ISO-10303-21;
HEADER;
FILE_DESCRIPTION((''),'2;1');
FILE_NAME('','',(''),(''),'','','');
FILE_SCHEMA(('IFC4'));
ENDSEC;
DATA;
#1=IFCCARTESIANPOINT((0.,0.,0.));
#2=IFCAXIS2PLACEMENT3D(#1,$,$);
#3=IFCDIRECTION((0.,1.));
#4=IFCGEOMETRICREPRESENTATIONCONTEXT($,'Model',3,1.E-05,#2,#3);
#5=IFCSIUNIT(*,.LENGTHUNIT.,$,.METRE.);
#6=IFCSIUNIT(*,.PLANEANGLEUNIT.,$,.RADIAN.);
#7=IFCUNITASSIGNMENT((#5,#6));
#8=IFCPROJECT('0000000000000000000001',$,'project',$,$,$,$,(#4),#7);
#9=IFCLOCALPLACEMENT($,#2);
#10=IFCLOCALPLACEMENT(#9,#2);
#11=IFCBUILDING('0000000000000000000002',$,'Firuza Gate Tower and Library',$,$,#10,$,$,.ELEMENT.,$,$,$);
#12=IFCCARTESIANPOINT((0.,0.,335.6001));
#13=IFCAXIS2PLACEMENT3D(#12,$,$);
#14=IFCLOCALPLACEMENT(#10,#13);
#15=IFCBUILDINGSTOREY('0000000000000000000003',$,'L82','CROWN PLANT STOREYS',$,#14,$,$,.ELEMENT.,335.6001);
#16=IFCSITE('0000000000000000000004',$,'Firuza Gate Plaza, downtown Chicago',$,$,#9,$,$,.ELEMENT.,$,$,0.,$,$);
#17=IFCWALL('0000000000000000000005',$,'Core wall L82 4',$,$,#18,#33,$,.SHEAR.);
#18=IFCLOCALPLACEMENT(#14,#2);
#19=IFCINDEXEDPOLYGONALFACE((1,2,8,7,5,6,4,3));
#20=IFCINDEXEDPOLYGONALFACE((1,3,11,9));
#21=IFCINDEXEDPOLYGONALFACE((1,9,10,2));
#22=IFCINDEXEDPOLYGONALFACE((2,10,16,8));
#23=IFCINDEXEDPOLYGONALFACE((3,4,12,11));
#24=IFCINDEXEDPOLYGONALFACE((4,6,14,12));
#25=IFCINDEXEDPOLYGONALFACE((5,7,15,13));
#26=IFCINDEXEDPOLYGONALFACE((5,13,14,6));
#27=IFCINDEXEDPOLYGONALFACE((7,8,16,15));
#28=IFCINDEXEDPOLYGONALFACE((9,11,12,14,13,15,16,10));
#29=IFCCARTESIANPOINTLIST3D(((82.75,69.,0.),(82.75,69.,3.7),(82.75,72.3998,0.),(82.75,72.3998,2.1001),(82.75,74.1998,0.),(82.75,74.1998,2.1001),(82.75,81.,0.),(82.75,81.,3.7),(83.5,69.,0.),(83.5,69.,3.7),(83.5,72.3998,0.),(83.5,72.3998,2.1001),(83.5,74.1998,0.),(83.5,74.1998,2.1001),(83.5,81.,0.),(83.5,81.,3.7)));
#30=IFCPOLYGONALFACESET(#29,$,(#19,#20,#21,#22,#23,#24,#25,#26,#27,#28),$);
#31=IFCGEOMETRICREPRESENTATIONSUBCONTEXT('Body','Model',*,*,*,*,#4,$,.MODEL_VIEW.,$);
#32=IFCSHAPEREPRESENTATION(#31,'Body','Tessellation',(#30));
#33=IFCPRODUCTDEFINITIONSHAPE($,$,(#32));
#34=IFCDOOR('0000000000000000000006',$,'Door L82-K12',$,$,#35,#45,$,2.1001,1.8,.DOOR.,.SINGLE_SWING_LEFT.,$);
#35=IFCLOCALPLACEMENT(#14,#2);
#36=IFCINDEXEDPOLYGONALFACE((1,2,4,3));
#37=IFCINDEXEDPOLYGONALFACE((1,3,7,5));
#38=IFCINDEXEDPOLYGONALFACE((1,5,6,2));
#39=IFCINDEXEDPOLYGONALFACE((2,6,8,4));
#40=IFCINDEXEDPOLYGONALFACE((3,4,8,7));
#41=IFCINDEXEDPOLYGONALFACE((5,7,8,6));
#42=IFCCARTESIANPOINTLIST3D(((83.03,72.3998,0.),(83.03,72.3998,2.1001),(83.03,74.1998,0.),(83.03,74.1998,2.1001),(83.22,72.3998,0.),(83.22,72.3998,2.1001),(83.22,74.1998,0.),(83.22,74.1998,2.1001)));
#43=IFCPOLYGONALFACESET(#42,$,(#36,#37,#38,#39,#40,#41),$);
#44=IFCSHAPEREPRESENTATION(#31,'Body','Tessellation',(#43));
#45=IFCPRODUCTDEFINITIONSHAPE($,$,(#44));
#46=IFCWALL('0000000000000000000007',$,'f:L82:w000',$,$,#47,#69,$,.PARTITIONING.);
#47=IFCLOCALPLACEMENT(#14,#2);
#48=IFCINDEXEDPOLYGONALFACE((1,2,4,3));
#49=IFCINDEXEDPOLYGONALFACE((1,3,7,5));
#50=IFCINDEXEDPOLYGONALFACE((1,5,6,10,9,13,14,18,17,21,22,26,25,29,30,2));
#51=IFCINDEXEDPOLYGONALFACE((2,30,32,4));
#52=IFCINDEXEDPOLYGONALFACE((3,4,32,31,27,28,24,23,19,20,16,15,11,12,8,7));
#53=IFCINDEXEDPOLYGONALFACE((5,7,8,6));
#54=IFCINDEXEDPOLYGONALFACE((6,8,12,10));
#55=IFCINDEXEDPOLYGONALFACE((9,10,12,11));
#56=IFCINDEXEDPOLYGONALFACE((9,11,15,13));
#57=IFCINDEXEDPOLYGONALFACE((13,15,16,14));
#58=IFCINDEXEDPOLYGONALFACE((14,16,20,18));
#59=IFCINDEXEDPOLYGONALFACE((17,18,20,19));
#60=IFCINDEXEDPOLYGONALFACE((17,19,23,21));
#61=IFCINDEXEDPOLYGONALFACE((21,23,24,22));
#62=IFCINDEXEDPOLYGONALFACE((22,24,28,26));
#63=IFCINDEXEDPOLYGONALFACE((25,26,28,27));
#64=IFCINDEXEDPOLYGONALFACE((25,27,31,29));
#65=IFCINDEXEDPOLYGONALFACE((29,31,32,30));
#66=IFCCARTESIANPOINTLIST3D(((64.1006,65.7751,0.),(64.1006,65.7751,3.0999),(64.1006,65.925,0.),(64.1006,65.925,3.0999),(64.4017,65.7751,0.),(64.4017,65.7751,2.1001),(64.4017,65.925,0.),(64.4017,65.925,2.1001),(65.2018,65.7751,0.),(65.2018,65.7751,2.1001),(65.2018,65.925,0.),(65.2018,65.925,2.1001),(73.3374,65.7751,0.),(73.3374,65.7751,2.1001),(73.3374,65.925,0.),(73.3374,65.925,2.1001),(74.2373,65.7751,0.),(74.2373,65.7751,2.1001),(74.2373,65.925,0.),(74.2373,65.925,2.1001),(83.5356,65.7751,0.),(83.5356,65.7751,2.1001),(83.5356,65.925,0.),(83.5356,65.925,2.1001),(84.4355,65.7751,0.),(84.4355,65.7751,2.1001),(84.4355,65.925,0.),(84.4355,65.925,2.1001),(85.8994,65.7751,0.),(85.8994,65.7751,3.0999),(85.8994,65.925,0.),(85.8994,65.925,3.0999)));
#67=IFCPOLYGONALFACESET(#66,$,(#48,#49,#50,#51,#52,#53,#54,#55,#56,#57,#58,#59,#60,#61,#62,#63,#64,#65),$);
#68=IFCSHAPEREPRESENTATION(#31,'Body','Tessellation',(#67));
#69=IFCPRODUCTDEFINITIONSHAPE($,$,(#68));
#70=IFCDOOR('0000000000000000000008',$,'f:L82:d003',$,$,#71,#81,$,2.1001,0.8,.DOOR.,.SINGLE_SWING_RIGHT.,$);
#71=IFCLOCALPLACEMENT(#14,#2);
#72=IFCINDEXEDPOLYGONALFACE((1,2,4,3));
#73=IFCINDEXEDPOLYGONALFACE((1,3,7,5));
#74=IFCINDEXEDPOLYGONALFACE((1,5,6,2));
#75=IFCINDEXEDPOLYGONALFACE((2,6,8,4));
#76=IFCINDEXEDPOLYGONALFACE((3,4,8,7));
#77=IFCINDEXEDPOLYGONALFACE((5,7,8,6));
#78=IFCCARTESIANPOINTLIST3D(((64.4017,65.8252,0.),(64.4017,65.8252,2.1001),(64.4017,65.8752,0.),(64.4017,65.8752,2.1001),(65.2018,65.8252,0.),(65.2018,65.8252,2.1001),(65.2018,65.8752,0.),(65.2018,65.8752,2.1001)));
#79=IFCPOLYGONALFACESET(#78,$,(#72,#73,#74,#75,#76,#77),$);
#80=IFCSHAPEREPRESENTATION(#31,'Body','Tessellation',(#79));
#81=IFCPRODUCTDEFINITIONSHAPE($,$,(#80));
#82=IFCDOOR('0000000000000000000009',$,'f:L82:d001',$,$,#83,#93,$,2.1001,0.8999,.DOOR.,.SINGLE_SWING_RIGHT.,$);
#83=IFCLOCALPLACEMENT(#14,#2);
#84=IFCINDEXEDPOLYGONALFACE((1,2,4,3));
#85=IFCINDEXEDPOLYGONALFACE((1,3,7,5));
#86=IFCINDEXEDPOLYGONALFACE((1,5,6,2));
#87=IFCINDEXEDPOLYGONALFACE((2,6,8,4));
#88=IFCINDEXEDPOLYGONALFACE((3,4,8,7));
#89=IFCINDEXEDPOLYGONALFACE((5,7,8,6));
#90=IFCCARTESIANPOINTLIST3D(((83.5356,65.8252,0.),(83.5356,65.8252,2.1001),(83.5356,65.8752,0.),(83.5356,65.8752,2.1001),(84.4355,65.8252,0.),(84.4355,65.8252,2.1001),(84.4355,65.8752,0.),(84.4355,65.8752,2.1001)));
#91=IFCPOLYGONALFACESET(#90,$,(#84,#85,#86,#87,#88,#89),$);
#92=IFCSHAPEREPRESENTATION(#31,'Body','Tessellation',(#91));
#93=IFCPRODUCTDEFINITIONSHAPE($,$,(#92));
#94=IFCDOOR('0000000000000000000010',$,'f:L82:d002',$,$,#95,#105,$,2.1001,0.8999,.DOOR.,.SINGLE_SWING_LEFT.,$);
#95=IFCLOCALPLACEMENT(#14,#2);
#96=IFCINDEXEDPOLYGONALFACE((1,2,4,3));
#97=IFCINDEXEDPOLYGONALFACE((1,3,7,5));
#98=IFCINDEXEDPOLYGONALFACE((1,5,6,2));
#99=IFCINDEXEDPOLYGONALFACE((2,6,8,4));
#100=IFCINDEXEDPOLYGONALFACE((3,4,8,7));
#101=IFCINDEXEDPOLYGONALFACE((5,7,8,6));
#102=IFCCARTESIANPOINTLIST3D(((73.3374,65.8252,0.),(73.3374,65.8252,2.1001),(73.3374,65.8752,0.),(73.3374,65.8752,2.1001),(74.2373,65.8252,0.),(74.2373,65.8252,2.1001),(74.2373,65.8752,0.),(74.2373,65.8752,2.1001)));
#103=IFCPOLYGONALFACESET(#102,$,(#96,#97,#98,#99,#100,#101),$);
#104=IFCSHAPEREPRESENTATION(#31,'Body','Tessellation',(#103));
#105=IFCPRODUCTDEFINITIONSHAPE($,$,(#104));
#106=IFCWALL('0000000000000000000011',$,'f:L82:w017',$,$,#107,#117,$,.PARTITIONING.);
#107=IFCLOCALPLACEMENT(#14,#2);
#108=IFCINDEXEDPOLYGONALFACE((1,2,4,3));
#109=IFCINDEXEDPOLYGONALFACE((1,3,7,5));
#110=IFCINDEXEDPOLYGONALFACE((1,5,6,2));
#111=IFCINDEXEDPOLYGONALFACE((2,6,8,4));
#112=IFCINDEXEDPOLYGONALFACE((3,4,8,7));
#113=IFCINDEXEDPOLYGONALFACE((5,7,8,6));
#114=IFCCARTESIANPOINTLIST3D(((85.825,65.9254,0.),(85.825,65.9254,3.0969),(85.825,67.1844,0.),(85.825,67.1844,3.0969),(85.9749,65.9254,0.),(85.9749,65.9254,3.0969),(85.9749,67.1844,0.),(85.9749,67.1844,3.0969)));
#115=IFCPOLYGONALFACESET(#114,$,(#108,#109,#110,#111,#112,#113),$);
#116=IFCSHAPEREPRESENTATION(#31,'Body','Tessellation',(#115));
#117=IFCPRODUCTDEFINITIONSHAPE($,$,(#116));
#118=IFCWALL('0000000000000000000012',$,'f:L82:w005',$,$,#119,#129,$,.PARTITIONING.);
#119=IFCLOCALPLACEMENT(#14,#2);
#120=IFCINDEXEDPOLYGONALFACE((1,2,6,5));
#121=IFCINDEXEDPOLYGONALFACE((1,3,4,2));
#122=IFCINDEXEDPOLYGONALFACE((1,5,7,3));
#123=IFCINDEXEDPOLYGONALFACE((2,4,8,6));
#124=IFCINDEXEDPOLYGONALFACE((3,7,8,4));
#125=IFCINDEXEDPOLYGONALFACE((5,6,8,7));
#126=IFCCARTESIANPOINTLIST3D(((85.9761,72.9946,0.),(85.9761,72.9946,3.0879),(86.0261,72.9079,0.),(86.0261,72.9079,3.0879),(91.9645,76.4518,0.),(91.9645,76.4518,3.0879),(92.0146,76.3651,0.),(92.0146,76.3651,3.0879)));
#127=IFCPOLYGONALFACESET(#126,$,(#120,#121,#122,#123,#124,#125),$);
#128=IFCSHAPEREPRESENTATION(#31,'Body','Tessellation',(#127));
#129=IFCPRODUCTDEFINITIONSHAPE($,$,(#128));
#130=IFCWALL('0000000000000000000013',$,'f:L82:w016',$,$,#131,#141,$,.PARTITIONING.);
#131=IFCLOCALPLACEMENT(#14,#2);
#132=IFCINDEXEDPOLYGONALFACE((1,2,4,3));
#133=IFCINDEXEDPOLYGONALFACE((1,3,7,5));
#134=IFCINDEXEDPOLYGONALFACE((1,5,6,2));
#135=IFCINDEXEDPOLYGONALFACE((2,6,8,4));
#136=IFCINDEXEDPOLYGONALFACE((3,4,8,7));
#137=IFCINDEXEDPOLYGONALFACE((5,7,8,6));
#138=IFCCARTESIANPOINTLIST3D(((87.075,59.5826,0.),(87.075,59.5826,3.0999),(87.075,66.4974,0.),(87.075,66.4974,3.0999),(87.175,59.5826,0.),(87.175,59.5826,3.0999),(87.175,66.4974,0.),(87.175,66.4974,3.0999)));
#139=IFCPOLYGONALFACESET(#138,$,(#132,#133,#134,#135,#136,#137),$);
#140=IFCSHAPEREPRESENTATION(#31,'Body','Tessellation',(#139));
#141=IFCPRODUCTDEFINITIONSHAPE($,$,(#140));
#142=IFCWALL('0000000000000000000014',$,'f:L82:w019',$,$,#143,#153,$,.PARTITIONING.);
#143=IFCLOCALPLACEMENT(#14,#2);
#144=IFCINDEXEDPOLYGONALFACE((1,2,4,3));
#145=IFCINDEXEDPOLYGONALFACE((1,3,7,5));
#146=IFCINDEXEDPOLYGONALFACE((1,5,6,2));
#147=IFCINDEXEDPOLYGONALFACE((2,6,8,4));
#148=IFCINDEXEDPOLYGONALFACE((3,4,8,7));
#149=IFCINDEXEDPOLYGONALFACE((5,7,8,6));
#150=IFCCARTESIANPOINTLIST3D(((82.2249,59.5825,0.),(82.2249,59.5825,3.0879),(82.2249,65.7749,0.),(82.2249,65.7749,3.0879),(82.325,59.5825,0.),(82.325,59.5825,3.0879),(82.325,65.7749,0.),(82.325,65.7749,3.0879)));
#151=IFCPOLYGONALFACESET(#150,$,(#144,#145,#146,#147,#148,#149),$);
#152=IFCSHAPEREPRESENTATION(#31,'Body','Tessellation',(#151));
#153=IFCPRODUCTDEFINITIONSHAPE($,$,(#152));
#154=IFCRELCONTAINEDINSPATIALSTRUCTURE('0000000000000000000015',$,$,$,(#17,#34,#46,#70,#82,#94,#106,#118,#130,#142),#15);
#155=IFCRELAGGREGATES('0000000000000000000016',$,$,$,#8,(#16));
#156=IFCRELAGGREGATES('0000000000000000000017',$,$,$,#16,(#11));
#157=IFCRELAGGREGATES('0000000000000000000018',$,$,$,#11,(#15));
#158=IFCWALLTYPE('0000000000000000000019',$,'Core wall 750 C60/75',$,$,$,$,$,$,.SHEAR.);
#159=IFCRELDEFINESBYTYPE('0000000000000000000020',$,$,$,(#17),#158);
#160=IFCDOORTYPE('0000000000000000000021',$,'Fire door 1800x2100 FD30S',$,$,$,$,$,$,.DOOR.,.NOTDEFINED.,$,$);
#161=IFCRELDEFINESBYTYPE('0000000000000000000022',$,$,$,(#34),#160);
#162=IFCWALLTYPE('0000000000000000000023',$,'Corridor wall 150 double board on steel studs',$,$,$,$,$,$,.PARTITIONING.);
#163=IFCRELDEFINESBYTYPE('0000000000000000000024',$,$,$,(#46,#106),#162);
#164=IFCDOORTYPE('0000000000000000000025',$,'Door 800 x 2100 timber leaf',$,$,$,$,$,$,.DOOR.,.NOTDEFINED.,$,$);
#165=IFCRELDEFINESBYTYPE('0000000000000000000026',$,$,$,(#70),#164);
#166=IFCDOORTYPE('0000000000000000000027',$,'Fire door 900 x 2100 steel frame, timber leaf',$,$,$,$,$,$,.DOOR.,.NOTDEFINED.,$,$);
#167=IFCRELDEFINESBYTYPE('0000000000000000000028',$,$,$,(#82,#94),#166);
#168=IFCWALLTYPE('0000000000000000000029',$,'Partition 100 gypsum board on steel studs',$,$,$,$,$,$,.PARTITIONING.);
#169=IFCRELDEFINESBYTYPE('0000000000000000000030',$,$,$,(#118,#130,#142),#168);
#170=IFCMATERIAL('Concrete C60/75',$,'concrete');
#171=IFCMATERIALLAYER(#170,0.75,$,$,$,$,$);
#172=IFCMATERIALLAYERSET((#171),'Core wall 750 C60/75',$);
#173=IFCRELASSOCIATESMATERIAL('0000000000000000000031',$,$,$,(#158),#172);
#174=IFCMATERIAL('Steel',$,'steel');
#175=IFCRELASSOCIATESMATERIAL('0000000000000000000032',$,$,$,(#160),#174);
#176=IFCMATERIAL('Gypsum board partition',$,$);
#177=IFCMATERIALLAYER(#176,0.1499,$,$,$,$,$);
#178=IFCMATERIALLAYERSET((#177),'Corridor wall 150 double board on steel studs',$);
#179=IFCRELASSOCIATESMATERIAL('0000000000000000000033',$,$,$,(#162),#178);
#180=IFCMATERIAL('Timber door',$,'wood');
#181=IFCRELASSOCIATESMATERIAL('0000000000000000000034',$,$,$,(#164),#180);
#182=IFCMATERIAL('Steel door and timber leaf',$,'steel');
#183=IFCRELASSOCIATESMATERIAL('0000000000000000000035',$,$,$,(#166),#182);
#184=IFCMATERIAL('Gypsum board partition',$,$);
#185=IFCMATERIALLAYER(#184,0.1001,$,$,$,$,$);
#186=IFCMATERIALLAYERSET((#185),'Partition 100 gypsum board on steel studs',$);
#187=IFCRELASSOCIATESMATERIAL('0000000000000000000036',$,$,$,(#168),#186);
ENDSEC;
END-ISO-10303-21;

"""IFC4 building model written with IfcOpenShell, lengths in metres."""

from ifc_helpers import new_model, si_unit, direction, frame, frame_2d, origin, place, context, subcontext, project, spatial, rectangle, extrude, material, layer, layer_set, type_object, element, fill, save


model = new_model("IFC4")

# Units and contexts
model_context = context("Model", 3, precision=1e-05, world=origin(), true_north=direction((0.0, 1.0)))
body_context = subcontext(model_context, "Body", "Model", "MODEL_VIEW")
ifc_project = project(units=[si_unit("LENGTHUNIT", "METRE"), si_unit("PLANEANGLEUNIT", "RADIAN")], contexts=[model_context])

# Site, building, storey
site_placement = place(None, origin())
site = spatial("IfcSite", under=ifc_project, at=site_placement, Name="Firuza Gate Plaza, downtown Chicago", CompositionType="ELEMENT", RefElevation=0.0)
building_placement = place(site_placement, origin())
building = spatial("IfcBuilding", under=site, at=building_placement, Name="Firuza Gate Tower and Library", CompositionType="ELEMENT")
storey_placement = place(building_placement, frame((0.0, 0.0, 335.6001)))
storey = spatial("IfcBuildingStorey", under=building, at=storey_placement, Name="L82", Description="CROWN PLANT STOREYS", CompositionType="ELEMENT", Elevation=335.6001)

# Wall, opening, door
ifc_material_1 = material(Name="Concrete C60/75", Category="concrete")
ifc_layer_1 = layer(ifc_material_1, 0.75)
ifc_layer_set_1 = layer_set([ifc_layer_1], Name="Core wall 750 C60/75")
wall_type_1 = type_object("IfcWallType", Name="Core wall 750 C60/75", PredefinedType="SHEAR", material=ifc_layer_set_1)
wall_1_placement = place(storey_placement, frame((83.125, 69.0, 0.0), z_axis=(0.0, 0.0, 1.0), x_axis=(0.0, 1.0, 0.0)))
wall_1 = element("IfcWall", 1, at=wall_1_placement, inside=storey, type_object=wall_type_1, Name="Core wall L82 4", PredefinedType="SHEAR", context=body_context, shape_type="SweptSolid", body=[
    extrude(rectangle(XDim=12.0, YDim=0.75, at=frame_2d((6.0, 0.0))), origin(), (0.0, 0.0, 1.0), 3.7),
])
opening_1_placement = place(wall_1_placement, frame((3.3999, 0.0, 0.0)))
opening_1 = element("IfcOpeningElement", 2, at=opening_1_placement, cuts=wall_1, PredefinedType="OPENING", context=body_context, shape_type="SweptSolid", body=[
    extrude(rectangle(XDim=1.8, YDim=2.1001, at=frame_2d((0.8999, 1.05))), frame((0.0, 0.385, 0.0), z_axis=(0.0, -1.0, 0.0), x_axis=(1.0, 0.0, 0.0)), (0.0, 0.0, 1.0), 0.77),
])
ifc_material_2 = material(Name="Steel", Category="steel")
door_type_1 = type_object("IfcDoorType", Name="Fire door 1800x2100 FD30S", OperationType="NOTDEFINED", PredefinedType="DOOR", material=ifc_material_2)
door_1_placement = place(opening_1_placement, origin())
door_1 = element("IfcDoor", 3, at=door_1_placement, inside=storey, type_object=door_type_1, Name="Door L82-K12", OperationType="SINGLE_SWING_LEFT", OverallHeight=2.1001, OverallWidth=1.8, PredefinedType="DOOR", context=body_context, shape_type="SweptSolid", body=[
    extrude(rectangle(XDim=1.8, YDim=2.1001, at=frame_2d((0.8999, 1.05))), frame((0.0, 0.095, 0.0), z_axis=(0.0, -1.0, 0.0), x_axis=(1.0, 0.0, 0.0)), (0.0, 0.0, 1.0), 0.1899),
])
fill(opening_1, door_1)

# Wall, openings, doors
ifc_material_3 = material(Name="Gypsum board partition")
ifc_layer_2 = layer(ifc_material_3, 0.1499)
ifc_layer_set_2 = layer_set([ifc_layer_2], Name="Corridor wall 150 double board on steel studs")
wall_type_2 = type_object("IfcWallType", Name="Corridor wall 150 double board on steel studs", PredefinedType="PARTITIONING", material=ifc_layer_set_2)
wall_2_placement = place(storey_placement, frame((85.8994, 65.8501, 0.0), z_axis=(0.0, 0.0, 1.0), x_axis=(-1.0, 0.0, 0.0)))
wall_2 = element("IfcWall", 4, at=wall_2_placement, inside=storey, type_object=wall_type_2, Name="f:L82:w000", PredefinedType="PARTITIONING", context=body_context, shape_type="SweptSolid", body=[
    extrude(rectangle(XDim=21.7988, YDim=0.1499, at=frame_2d((10.8994, 0.0))), origin(), (0.0, 0.0, 1.0), 3.0999),
])
opening_2_placement = place(wall_2_placement, frame((1.4639, 0.0, 0.0)))
opening_2 = element("IfcOpeningElement", 5, at=opening_2_placement, cuts=wall_2, PredefinedType="OPENING", context=body_context, shape_type="SweptSolid", body=[
    extrude(rectangle(XDim=0.8999, YDim=2.1001, at=frame_2d((0.45, 1.05))), frame((0.0, 0.085, 0.0), z_axis=(0.0, -1.0, 0.0), x_axis=(1.0, 0.0, 0.0)), (0.0, 0.0, 1.0), 0.1699),
])
opening_3_placement = place(wall_2_placement, frame((11.6621, 0.0, 0.0)))
opening_3 = element("IfcOpeningElement", 6, at=opening_3_placement, cuts=wall_2, PredefinedType="OPENING", context=body_context, shape_type="SweptSolid", body=[
    extrude(rectangle(XDim=0.8999, YDim=2.1001, at=frame_2d((0.45, 1.05))), frame((0.0, 0.085, 0.0), z_axis=(0.0, -1.0, 0.0), x_axis=(1.0, 0.0, 0.0)), (0.0, 0.0, 1.0), 0.1699),
])
opening_4_placement = place(wall_2_placement, frame((20.6978, 0.0, 0.0)))
opening_4 = element("IfcOpeningElement", 7, at=opening_4_placement, cuts=wall_2, PredefinedType="OPENING", context=body_context, shape_type="SweptSolid", body=[
    extrude(rectangle(XDim=0.8, YDim=2.1001, at=frame_2d((0.3999, 1.05))), frame((0.0, 0.085, 0.0), z_axis=(0.0, -1.0, 0.0), x_axis=(1.0, 0.0, 0.0)), (0.0, 0.0, 1.0), 0.1699),
])
ifc_material_4 = material(Name="Timber door", Category="wood")
door_type_2 = type_object("IfcDoorType", Name="Door 800 x 2100 timber leaf", OperationType="NOTDEFINED", PredefinedType="DOOR", material=ifc_material_4)
door_2_placement = place(opening_4_placement, origin())
door_2 = element("IfcDoor", 8, at=door_2_placement, inside=storey, type_object=door_type_2, Name="f:L82:d003", OperationType="SINGLE_SWING_RIGHT", OverallHeight=2.1001, OverallWidth=0.8, PredefinedType="DOOR", context=body_context, shape_type="SweptSolid", body=[
    extrude(rectangle(XDim=0.8, YDim=2.1001, at=frame_2d((0.3999, 1.05))), frame((0.0, 0.0249, 0.0), z_axis=(0.0, -1.0, 0.0), x_axis=(1.0, 0.0, 0.0)), (0.0, 0.0, 1.0), 0.05),
])
fill(opening_4, door_2)
ifc_material_5 = material(Name="Steel door and timber leaf", Category="steel")
door_type_3 = type_object("IfcDoorType", Name="Fire door 900 x 2100 steel frame, timber leaf", OperationType="NOTDEFINED", PredefinedType="DOOR", material=ifc_material_5)
door_3_placement = place(opening_2_placement, origin())
door_3 = element("IfcDoor", 9, at=door_3_placement, inside=storey, type_object=door_type_3, Name="f:L82:d001", OperationType="SINGLE_SWING_RIGHT", OverallHeight=2.1001, OverallWidth=0.8999, PredefinedType="DOOR", context=body_context, shape_type="SweptSolid", body=[
    extrude(rectangle(XDim=0.8999, YDim=2.1001, at=frame_2d((0.45, 1.05))), frame((0.0, 0.0249, 0.0), z_axis=(0.0, -1.0, 0.0), x_axis=(1.0, 0.0, 0.0)), (0.0, 0.0, 1.0), 0.05),
])
fill(opening_2, door_3)
door_4_placement = place(opening_3_placement, origin())
door_4 = element("IfcDoor", 10, at=door_4_placement, inside=storey, type_object=door_type_3, Name="f:L82:d002", OperationType="SINGLE_SWING_LEFT", OverallHeight=2.1001, OverallWidth=0.8999, PredefinedType="DOOR", context=body_context, shape_type="SweptSolid", body=[
    extrude(rectangle(XDim=0.8999, YDim=2.1001, at=frame_2d((0.45, 1.05))), frame((0.0, 0.0249, 0.0), z_axis=(0.0, -1.0, 0.0), x_axis=(1.0, 0.0, 0.0)), (0.0, 0.0, 1.0), 0.05),
])
fill(opening_3, door_4)

# Walls
wall_3_placement = place(storey_placement, frame((85.8999, 65.9255, 0.0), z_axis=(0.0, 0.0, 1.0), x_axis=(0.0, 1.0, 0.0)))
element("IfcWall", 11, at=wall_3_placement, inside=storey, type_object=wall_type_2, Name="f:L82:w017", PredefinedType="PARTITIONING", context=body_context, shape_type="SweptSolid", body=[
    extrude(rectangle(XDim=1.259, YDim=0.1499, at=frame_2d((0.6294, 0.0))), origin(), (0.0, 0.0, 1.0), 3.0969),
])
ifc_material_6 = material(Name="Gypsum board partition")
ifc_layer_3 = layer(ifc_material_6, 0.1001)
ifc_layer_set_3 = layer_set([ifc_layer_3], Name="Partition 100 gypsum board on steel studs")
wall_type_3 = type_object("IfcWallType", Name="Partition 100 gypsum board on steel studs", PredefinedType="PARTITIONING", material=ifc_layer_set_3)
wall_4_placement = place(storey_placement, frame((86.001, 72.9512, 0.0), z_axis=(0.0, 0.0, 1.0), x_axis=(0.866038, 0.499978, 0.0)))
element("IfcWall", 12, at=wall_4_placement, inside=storey, type_object=wall_type_3, Name="f:L82:w005", PredefinedType="PARTITIONING", context=body_context, shape_type="SweptSolid", body=[
    extrude(rectangle(XDim=6.9148, YDim=0.1001, at=frame_2d((3.4575, 0.0))), origin(), (0.0, 0.0, 1.0), 3.0879),
])
wall_5_placement = place(storey_placement, frame((87.125, 59.5825, 0.0), z_axis=(0.0, 0.0, 1.0), x_axis=(0.0, 1.0, 0.0)))
element("IfcWall", 13, at=wall_5_placement, inside=storey, type_object=wall_type_3, Name="f:L82:w016", PredefinedType="PARTITIONING", context=body_context, shape_type="SweptSolid", body=[
    extrude(rectangle(XDim=6.9148, YDim=0.1001, at=frame_2d((3.4575, 0.0))), origin(), (0.0, 0.0, 1.0), 3.0999),
])
wall_6_placement = place(storey_placement, frame((82.2749, 59.5825, 0.0), z_axis=(0.0, 0.0, 1.0), x_axis=(0.0, 1.0, 0.0)))
element("IfcWall", 14, at=wall_6_placement, inside=storey, type_object=wall_type_3, Name="f:L82:w019", PredefinedType="PARTITIONING", context=body_context, shape_type="SweptSolid", body=[
    extrude(rectangle(XDim=6.1924, YDim=0.1001, at=frame_2d((3.0962, 0.0))), origin(), (0.0, 0.0, 1.0), 3.0879),
])

save(model, "model.ifc")
